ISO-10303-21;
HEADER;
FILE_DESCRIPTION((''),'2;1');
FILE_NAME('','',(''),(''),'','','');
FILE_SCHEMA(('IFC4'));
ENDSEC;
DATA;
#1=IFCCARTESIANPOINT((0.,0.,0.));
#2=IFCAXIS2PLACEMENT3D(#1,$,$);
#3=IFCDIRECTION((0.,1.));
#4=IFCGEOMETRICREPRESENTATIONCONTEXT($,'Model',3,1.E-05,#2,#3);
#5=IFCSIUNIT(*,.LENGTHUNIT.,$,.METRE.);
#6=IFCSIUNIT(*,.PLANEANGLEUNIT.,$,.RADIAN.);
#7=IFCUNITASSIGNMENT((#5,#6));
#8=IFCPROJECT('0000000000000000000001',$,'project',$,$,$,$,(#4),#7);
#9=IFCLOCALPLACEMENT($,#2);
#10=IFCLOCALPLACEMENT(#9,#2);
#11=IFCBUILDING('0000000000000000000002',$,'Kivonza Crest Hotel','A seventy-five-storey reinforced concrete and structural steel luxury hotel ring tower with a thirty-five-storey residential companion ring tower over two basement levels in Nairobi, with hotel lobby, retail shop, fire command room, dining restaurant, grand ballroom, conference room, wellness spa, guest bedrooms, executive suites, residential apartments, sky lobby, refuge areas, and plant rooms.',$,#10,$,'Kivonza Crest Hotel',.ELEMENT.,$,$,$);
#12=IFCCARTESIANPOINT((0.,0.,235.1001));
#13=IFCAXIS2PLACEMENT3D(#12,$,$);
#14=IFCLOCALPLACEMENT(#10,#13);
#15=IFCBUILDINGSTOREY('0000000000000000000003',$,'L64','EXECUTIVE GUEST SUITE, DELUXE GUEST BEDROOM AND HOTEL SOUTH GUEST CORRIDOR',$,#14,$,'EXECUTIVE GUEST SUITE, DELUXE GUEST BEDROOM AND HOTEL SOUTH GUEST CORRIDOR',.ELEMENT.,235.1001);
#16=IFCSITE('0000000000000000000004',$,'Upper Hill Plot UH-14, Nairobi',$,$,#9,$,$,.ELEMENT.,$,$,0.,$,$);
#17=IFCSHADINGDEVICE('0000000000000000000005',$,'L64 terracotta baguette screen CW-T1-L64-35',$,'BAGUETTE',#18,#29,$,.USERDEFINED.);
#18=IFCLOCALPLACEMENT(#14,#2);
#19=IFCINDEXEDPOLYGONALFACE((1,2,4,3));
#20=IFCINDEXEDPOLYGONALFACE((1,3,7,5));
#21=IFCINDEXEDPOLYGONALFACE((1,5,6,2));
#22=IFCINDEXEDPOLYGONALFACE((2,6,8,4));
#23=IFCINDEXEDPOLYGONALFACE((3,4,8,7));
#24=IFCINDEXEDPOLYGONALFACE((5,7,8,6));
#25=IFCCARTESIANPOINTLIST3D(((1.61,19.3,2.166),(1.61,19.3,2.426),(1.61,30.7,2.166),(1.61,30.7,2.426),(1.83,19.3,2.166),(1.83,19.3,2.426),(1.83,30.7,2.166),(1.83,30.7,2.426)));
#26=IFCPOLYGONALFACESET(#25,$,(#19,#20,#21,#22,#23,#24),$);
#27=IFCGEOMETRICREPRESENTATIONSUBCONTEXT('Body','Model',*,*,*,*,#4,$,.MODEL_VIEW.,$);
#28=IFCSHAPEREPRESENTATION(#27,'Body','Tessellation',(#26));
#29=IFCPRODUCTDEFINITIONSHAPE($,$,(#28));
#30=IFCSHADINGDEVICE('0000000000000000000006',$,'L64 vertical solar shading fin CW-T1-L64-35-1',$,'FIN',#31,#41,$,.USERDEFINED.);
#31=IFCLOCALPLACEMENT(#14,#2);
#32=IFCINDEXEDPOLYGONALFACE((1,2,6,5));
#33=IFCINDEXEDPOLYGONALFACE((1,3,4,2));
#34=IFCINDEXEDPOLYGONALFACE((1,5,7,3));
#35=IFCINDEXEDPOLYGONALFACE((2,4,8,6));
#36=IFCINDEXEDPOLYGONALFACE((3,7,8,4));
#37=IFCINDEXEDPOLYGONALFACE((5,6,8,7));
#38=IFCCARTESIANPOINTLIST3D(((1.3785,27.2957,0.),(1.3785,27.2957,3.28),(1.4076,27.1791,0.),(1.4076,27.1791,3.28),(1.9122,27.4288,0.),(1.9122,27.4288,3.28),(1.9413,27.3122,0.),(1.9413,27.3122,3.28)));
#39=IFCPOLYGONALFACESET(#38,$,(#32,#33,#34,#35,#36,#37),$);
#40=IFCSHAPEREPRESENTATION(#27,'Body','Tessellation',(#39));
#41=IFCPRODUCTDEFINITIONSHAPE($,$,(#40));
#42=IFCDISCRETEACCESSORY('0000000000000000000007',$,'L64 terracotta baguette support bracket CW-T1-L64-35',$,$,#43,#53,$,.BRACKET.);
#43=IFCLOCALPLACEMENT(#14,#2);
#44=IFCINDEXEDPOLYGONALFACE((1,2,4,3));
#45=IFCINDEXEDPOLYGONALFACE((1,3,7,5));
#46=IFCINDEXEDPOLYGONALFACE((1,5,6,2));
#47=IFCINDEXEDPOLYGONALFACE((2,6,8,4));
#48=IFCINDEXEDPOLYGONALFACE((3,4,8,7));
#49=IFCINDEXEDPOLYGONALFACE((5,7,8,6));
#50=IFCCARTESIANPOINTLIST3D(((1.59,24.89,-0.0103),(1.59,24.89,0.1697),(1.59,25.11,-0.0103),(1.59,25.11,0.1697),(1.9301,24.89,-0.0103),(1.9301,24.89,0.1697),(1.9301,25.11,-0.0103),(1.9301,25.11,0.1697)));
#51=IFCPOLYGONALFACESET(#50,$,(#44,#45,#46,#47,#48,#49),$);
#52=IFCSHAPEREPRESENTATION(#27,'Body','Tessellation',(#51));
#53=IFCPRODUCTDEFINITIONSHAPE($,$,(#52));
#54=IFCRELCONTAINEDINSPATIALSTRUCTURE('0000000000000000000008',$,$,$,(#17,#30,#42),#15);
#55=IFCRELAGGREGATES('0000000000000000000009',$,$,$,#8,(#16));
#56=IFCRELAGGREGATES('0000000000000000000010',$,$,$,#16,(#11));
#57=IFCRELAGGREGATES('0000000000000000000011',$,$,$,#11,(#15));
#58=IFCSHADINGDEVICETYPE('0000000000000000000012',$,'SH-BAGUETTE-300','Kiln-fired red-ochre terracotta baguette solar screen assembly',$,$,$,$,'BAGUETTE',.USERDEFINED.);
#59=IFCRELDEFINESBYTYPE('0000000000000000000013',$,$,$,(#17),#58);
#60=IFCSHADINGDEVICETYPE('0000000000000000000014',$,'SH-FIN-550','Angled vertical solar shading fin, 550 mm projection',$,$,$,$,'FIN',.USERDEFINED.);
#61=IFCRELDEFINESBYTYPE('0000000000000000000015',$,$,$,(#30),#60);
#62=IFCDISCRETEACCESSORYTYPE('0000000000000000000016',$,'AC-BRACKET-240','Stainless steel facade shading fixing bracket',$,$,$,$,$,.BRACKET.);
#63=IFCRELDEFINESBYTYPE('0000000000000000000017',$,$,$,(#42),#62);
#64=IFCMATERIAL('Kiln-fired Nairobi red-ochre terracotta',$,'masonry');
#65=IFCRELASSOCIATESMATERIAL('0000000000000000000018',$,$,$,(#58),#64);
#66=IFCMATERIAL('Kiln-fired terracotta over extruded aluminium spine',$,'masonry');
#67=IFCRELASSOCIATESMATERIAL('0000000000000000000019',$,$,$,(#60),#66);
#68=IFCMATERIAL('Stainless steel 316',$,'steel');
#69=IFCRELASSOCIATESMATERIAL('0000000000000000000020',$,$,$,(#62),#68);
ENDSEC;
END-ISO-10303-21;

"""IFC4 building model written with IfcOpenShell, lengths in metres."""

from ifc_helpers import new_model, si_unit, direction, frame, origin, origin_2d, place, context, subcontext, project, spatial, rectangle, extrude, material, type_object, element, save


model = new_model("IFC4")

# Units and contexts
model_context = context("Model", 3, precision=1e-05, world=origin(), true_north=direction((0.0, 1.0)))
body_context = subcontext(model_context, "Body", "Model", "MODEL_VIEW")
ifc_project = project(units=[si_unit("LENGTHUNIT", "METRE"), si_unit("PLANEANGLEUNIT", "RADIAN")], contexts=[model_context])

# Site, building, storey
site_placement = place(None, origin())
site = spatial("IfcSite", under=ifc_project, at=site_placement, Name="Upper Hill Plot UH-14, Nairobi", CompositionType="ELEMENT", RefElevation=0.0)
building_placement = place(site_placement, origin())
building = spatial("IfcBuilding", under=site, at=building_placement, Name="Kivonza Crest Hotel", Description="A seventy-five-storey reinforced concrete and structural steel luxury hotel ring tower with a thirty-five-storey residential companion ring tower over two basement levels in Nairobi, with hotel lobby, retail shop, fire command room, dining restaurant, grand ballroom, conference room, wellness spa, guest bedrooms, executive suites, residential apartments, sky lobby, refuge areas, and plant rooms.", LongName="Kivonza Crest Hotel", CompositionType="ELEMENT")
storey_placement = place(building_placement, frame((0.0, 0.0, 235.1001)))
storey = spatial("IfcBuildingStorey", under=building, at=storey_placement, Name="L64", Description="EXECUTIVE GUEST SUITE, DELUXE GUEST BEDROOM AND HOTEL SOUTH GUEST CORRIDOR", LongName="EXECUTIVE GUEST SUITE, DELUXE GUEST BEDROOM AND HOTEL SOUTH GUEST CORRIDOR", CompositionType="ELEMENT", Elevation=235.1001)

# Shading devices
ifc_material_1 = material(Name="Kiln-fired Nairobi red-ochre terracotta", Category="masonry")
shading_device_type_1 = type_object("IfcShadingDeviceType", Name="SH-BAGUETTE-300", Description="Kiln-fired red-ochre terracotta baguette solar screen assembly", ElementType="BAGUETTE", PredefinedType="USERDEFINED", material=ifc_material_1)
shading_device_1_placement = place(storey_placement, frame((1.72, 25.0, 2.166), z_axis=(0.0, 0.0, 1.0), x_axis=(0.0, -1.0, 0.0)))
element("IfcShadingDevice", 1, at=shading_device_1_placement, inside=storey, type_object=shading_device_type_1, Name="L64 terracotta baguette screen CW-T1-L64-35", ObjectType="BAGUETTE", PredefinedType="USERDEFINED", context=body_context, shape_type="SweptSolid", body=[
    extrude(rectangle(XDim=11.3999, YDim=0.22, at=origin_2d()), origin(), (0.0, 0.0, 1.0), 0.26),
])
ifc_material_2 = material(Name="Kiln-fired terracotta over extruded aluminium spine", Category="masonry")
shading_device_type_2 = type_object("IfcShadingDeviceType", Name="SH-FIN-550", Description="Angled vertical solar shading fin, 550 mm projection", ElementType="FIN", PredefinedType="USERDEFINED", material=ifc_material_2)
shading_device_2_placement = place(storey_placement, frame((1.6599, 27.304, 0.0), z_axis=(0.0, 0.0, 1.0), x_axis=(0.241922, -0.970296, 0.0)))
element("IfcShadingDevice", 2, at=shading_device_2_placement, inside=storey, type_object=shading_device_type_2, Name="L64 vertical solar shading fin CW-T1-L64-35-1", ObjectType="FIN", PredefinedType="USERDEFINED", context=body_context, shape_type="SweptSolid", body=[
    extrude(rectangle(XDim=0.1201, YDim=0.55, at=origin_2d()), origin(), (0.0, 0.0, 1.0), 3.28),
])

# Discrete accessory
ifc_material_3 = material(Name="Stainless steel 316", Category="steel")
discrete_accessory_type = type_object("IfcDiscreteAccessoryType", Name="AC-BRACKET-240", Description="Stainless steel facade shading fixing bracket", PredefinedType="BRACKET", material=ifc_material_3)
discrete_accessory_placement = place(storey_placement, frame((1.76, 25.0, -0.0103), z_axis=(0.0, 0.0, 1.0), x_axis=(0.0, -1.0, 0.0)))
element("IfcDiscreteAccessory", 3, at=discrete_accessory_placement, inside=storey, type_object=discrete_accessory_type, Name="L64 terracotta baguette support bracket CW-T1-L64-35", PredefinedType="BRACKET", context=body_context, shape_type="SweptSolid", body=[
    extrude(rectangle(XDim=0.22, YDim=0.3401, at=origin_2d()), origin(), (0.0, 0.0, 1.0), 0.1799),
])

save(model, "model.ifc")
